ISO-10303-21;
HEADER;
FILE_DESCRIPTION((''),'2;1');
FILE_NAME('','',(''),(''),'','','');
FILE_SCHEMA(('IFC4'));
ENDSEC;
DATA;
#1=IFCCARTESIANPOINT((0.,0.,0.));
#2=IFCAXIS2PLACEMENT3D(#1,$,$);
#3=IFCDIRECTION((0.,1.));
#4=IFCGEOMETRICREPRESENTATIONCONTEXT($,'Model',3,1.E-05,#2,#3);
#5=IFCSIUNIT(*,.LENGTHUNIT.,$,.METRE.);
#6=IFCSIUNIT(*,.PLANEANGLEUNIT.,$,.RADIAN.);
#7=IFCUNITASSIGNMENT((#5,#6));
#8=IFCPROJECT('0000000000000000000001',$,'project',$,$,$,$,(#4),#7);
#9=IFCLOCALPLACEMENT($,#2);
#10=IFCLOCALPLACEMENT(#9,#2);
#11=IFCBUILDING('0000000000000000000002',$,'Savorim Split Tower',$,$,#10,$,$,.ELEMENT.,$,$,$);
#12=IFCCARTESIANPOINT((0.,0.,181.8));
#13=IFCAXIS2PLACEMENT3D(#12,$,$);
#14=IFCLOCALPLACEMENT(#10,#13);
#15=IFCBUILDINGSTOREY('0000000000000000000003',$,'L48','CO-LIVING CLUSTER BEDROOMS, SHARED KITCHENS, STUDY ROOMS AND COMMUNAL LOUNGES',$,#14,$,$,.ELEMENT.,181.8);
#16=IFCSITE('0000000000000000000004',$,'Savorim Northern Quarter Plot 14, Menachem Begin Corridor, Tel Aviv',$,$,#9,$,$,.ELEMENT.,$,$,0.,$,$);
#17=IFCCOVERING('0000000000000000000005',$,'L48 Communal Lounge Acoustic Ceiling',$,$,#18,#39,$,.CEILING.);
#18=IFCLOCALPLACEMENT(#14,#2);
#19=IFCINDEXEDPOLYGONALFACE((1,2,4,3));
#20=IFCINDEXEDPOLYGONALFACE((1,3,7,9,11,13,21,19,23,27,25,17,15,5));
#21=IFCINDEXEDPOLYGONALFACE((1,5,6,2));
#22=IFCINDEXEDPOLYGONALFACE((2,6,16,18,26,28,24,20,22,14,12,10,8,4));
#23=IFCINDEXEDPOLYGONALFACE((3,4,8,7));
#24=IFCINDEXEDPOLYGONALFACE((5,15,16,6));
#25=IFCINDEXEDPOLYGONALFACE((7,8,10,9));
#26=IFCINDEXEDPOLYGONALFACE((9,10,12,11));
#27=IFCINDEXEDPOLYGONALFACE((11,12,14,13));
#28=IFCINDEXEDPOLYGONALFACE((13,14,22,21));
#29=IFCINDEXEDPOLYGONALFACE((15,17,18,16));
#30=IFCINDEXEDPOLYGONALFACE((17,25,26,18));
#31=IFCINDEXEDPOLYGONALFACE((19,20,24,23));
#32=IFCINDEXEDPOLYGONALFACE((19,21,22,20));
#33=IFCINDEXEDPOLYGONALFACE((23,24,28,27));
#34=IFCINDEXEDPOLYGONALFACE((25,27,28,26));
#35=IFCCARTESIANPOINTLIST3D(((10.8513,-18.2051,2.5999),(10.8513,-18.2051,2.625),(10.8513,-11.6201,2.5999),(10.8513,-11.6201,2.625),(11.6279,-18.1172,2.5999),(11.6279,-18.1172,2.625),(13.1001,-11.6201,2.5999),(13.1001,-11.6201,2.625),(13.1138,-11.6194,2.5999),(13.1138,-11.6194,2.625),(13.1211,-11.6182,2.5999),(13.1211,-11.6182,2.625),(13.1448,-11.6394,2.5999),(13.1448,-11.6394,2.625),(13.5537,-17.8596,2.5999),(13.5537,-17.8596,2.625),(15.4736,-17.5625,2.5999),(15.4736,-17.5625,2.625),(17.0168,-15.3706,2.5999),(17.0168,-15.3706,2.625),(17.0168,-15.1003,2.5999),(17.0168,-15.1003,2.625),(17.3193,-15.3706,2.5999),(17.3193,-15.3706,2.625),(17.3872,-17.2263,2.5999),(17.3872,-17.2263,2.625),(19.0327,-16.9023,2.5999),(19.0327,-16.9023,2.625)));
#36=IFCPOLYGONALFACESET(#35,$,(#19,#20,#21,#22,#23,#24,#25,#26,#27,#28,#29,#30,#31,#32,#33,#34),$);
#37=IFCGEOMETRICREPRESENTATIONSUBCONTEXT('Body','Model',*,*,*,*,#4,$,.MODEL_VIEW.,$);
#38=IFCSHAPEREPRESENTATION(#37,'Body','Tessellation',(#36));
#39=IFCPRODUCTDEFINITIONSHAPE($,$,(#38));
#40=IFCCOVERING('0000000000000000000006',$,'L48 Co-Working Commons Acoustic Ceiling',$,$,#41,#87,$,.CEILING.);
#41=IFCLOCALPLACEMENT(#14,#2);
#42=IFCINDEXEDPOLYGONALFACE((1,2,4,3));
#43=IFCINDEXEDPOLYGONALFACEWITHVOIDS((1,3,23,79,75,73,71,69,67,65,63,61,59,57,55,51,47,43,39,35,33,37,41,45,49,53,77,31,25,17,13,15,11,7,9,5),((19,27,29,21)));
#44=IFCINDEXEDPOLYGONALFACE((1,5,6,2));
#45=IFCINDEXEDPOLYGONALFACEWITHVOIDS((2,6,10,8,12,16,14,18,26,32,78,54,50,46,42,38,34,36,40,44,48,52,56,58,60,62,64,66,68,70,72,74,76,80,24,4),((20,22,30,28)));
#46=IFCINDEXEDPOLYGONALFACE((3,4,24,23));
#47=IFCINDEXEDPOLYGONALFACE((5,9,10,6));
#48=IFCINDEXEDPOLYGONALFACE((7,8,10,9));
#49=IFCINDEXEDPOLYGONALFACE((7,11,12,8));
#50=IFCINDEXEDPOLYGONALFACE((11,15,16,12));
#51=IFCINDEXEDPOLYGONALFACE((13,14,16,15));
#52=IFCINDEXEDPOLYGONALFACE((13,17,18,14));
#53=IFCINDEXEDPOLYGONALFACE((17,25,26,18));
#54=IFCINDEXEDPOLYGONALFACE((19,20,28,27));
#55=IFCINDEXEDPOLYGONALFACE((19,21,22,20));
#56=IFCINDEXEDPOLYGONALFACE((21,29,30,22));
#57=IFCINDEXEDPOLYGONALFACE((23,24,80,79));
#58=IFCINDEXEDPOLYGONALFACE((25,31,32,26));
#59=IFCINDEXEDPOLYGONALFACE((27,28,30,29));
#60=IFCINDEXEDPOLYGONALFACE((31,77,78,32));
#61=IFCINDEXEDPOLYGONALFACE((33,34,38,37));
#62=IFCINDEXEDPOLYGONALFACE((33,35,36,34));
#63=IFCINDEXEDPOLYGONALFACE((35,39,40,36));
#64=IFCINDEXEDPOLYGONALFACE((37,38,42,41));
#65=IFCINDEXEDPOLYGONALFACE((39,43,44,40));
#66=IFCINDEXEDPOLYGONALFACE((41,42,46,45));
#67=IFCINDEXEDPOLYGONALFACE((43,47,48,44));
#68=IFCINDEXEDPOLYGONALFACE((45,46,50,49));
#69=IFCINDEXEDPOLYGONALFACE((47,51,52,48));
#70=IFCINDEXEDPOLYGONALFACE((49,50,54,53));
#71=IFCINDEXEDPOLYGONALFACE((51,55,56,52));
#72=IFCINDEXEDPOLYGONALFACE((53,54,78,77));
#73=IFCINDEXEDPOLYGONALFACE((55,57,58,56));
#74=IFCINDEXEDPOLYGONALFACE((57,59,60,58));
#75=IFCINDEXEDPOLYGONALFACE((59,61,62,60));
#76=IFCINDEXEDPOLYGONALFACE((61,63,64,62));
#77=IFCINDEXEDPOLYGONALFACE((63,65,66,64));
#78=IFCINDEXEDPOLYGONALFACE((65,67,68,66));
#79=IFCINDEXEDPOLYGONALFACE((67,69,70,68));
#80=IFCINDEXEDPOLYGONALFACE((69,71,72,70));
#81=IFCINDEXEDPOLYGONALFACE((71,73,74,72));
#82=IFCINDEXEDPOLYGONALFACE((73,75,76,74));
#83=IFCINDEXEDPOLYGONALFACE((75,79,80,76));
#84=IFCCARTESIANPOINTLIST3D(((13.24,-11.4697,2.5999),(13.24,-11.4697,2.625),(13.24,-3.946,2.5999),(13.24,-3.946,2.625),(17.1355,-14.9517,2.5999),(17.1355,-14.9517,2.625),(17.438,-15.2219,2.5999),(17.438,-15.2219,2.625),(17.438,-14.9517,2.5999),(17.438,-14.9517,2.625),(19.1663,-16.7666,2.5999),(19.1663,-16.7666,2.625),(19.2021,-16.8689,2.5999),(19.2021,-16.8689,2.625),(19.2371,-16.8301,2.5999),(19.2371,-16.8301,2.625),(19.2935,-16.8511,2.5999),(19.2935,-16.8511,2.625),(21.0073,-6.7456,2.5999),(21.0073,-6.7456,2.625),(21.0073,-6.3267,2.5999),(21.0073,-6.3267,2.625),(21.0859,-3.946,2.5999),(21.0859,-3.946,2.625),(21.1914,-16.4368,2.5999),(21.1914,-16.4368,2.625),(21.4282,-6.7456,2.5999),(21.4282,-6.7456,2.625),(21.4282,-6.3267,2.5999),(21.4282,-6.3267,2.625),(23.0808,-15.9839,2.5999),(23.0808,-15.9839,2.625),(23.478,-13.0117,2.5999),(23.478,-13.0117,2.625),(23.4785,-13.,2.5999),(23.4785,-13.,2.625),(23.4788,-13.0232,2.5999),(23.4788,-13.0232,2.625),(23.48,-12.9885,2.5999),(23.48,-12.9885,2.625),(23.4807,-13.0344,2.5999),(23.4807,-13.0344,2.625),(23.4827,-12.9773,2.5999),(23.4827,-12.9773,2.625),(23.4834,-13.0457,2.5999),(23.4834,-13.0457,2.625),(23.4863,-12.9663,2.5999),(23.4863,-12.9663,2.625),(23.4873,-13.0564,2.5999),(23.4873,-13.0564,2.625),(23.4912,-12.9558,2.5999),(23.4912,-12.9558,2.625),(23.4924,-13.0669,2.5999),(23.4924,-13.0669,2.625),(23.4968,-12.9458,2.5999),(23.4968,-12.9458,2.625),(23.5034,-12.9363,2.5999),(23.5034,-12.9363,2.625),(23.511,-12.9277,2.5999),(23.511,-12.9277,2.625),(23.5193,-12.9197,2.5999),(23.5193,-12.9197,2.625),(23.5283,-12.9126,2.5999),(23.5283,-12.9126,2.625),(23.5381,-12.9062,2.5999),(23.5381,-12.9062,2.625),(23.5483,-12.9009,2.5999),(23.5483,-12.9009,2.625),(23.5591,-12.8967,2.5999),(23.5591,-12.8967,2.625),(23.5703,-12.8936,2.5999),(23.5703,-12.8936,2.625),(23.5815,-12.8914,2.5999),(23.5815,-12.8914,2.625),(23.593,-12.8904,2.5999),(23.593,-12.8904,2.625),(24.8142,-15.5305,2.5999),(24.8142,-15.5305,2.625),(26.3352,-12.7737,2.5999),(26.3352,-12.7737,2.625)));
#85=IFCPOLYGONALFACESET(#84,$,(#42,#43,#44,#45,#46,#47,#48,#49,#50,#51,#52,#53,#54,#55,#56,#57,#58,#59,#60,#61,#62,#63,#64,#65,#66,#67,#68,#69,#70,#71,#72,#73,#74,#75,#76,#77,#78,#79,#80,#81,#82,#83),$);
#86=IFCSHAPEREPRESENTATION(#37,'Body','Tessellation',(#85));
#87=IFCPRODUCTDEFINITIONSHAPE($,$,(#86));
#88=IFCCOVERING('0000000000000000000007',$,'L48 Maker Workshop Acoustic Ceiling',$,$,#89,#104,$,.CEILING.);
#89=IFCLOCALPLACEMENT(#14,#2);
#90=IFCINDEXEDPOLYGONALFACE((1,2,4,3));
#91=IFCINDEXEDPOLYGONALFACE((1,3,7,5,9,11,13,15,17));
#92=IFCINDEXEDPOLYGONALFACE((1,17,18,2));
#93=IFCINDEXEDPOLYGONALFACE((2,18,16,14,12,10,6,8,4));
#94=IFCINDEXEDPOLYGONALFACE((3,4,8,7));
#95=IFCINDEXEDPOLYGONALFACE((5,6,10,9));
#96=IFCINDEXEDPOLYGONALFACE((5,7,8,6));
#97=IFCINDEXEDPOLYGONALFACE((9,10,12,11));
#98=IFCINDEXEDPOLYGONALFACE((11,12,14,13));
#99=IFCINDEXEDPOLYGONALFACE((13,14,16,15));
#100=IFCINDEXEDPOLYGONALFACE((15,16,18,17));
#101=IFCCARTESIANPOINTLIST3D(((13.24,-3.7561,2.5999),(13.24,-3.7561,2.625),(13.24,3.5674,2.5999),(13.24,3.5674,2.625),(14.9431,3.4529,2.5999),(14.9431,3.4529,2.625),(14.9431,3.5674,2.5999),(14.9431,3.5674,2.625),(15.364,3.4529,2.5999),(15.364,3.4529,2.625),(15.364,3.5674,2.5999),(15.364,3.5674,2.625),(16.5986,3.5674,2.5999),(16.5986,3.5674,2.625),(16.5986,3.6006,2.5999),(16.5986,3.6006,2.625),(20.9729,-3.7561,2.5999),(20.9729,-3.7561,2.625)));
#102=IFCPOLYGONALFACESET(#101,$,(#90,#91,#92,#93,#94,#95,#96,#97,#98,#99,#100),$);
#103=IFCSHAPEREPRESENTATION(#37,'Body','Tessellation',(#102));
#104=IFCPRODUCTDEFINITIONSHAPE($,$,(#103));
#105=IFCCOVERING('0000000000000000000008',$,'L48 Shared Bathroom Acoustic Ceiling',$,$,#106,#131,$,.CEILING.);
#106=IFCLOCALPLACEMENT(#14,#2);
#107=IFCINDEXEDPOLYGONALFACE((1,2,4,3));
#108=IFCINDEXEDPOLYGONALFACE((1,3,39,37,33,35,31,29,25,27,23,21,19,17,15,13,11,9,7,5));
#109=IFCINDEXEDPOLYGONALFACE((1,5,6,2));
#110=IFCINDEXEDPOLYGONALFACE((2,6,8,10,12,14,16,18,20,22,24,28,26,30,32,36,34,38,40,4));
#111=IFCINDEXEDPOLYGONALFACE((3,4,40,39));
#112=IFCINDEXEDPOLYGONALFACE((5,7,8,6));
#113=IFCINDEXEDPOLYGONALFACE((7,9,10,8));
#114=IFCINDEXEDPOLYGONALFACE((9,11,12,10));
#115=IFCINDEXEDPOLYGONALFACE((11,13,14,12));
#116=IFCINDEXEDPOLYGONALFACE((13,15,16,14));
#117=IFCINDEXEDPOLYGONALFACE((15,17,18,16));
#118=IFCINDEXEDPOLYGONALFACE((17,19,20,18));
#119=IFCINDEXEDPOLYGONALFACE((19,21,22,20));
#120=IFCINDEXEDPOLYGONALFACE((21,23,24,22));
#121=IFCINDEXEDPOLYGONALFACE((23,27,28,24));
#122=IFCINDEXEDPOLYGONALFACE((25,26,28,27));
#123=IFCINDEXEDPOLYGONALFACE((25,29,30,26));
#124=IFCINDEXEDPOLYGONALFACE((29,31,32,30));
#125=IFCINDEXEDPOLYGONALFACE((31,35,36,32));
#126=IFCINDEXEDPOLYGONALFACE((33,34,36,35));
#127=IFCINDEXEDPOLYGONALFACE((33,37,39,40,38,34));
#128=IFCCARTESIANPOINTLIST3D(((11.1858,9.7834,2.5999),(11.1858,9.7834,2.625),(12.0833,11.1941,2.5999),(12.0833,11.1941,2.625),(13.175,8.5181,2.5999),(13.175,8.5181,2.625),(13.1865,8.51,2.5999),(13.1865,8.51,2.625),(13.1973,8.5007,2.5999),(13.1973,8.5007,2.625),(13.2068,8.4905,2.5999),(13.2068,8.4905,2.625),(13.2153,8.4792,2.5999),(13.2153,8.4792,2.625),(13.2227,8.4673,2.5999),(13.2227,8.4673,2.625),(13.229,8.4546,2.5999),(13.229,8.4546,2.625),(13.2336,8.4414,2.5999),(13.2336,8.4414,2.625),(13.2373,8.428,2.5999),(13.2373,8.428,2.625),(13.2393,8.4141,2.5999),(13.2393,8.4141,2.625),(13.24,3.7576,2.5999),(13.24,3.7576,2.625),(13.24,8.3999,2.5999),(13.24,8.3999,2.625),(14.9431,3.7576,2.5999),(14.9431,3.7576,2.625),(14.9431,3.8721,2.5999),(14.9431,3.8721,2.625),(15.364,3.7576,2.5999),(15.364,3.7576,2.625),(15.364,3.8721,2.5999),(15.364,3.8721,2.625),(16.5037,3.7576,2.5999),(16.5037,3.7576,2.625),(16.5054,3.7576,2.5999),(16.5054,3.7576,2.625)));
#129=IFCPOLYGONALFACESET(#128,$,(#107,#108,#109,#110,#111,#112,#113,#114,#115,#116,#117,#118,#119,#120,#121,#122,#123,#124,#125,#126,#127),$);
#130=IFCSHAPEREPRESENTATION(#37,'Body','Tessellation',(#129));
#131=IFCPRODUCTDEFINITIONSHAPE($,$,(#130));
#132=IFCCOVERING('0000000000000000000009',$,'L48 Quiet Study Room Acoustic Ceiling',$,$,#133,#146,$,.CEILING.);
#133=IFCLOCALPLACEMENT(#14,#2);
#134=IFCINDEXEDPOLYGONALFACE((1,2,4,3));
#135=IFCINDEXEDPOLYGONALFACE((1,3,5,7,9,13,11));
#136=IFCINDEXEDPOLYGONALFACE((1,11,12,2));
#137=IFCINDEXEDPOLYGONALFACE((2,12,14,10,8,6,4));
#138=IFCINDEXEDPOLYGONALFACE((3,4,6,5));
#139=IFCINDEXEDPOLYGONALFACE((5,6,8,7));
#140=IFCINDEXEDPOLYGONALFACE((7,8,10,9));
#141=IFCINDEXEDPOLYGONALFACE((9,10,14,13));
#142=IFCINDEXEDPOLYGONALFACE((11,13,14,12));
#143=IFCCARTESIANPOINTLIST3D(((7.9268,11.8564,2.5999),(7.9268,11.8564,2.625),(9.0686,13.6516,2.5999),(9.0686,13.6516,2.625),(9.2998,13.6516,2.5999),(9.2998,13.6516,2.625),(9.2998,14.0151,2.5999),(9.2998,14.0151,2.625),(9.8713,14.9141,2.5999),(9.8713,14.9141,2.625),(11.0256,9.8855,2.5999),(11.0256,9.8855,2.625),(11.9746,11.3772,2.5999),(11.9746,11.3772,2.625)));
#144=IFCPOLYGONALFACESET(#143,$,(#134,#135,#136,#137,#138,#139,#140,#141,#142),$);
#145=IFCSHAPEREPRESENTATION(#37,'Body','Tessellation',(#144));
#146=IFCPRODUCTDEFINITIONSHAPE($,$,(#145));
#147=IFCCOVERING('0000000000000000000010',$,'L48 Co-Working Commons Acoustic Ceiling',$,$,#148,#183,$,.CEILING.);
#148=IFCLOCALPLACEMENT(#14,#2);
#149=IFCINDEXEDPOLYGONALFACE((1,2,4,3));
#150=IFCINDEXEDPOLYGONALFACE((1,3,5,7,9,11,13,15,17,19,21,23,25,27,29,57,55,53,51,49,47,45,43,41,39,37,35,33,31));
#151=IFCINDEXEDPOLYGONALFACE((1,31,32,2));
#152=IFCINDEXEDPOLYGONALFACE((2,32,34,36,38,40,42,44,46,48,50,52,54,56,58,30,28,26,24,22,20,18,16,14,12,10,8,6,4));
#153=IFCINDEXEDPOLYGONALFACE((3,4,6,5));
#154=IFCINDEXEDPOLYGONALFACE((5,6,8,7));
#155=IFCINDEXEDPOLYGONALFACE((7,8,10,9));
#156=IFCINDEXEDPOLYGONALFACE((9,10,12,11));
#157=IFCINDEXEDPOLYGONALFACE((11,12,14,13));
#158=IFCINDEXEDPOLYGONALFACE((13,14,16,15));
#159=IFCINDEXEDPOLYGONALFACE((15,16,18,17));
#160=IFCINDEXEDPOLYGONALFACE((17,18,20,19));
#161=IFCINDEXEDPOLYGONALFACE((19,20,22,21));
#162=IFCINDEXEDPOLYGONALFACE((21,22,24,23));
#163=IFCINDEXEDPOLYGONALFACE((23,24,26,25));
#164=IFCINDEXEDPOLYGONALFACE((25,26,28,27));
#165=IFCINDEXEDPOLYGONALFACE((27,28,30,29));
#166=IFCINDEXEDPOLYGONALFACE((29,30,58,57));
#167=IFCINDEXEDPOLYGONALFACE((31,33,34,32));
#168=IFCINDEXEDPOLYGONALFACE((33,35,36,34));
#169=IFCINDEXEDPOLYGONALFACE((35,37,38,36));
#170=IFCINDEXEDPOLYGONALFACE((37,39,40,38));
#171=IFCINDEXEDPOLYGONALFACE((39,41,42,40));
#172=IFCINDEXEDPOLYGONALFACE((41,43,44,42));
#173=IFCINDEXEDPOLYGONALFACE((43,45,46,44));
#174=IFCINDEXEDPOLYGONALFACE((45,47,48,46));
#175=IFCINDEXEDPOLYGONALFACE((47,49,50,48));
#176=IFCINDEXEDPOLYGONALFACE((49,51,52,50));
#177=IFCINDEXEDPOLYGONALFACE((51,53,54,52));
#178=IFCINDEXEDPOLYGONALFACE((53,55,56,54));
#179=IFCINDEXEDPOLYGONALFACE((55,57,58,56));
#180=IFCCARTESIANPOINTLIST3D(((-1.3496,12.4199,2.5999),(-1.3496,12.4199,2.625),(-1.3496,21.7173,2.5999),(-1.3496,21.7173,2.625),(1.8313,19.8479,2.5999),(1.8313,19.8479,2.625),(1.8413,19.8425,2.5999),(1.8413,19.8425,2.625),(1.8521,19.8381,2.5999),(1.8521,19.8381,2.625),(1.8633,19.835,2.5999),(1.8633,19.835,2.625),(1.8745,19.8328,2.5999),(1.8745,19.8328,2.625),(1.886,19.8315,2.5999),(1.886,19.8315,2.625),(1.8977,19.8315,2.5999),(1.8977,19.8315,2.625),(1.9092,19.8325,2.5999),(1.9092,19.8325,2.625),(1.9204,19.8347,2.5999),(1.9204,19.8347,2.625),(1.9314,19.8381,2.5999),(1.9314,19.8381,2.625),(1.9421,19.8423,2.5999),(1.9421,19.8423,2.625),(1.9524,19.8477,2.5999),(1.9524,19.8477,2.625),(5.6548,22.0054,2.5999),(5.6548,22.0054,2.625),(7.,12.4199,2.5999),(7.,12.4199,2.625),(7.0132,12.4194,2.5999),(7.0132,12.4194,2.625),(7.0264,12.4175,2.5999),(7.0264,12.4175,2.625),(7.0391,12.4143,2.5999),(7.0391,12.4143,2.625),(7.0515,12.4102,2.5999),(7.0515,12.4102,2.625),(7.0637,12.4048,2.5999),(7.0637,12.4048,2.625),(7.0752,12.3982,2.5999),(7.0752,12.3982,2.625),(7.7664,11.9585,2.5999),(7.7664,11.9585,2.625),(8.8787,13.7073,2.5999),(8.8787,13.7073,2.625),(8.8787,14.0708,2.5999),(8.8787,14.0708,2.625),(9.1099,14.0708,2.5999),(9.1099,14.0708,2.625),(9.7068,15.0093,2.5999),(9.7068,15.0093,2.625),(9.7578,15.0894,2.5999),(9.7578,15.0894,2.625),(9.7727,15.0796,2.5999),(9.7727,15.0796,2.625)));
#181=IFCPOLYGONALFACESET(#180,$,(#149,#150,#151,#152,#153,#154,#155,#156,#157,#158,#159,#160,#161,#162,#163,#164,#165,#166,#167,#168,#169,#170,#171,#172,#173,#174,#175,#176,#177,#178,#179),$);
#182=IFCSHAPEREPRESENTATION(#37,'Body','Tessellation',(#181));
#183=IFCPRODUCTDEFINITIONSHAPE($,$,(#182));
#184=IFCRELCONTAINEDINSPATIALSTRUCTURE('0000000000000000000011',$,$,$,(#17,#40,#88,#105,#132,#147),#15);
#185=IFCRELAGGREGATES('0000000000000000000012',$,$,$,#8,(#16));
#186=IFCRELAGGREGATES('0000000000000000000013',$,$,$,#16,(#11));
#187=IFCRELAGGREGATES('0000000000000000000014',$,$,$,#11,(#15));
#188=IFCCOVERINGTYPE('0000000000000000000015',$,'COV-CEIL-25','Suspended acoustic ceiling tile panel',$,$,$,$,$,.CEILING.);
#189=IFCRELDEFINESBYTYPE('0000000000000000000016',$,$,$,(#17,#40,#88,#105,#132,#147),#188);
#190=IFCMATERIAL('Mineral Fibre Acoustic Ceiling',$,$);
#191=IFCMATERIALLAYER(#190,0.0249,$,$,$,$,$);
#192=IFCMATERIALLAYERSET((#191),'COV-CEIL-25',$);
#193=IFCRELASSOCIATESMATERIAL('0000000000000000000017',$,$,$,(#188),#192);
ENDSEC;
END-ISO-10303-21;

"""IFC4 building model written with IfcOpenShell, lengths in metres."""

from ifc_helpers import new_model, si_unit, direction, frame, origin, place, context, subcontext, project, spatial, polyline, outline, extrude, material, layer, layer_set, type_object, element, save


model = new_model("IFC4")

# Units and contexts
model_context = context("Model", 3, precision=1e-05, world=origin(), true_north=direction((0.0, 1.0)))
body_context = subcontext(model_context, "Body", "Model", "MODEL_VIEW")
ifc_project = project(units=[si_unit("LENGTHUNIT", "METRE"), si_unit("PLANEANGLEUNIT", "RADIAN")], contexts=[model_context])

# Site, building, storey
site_placement = place(None, origin())
site = spatial("IfcSite", under=ifc_project, at=site_placement, Name="Savorim Northern Quarter Plot 14, Menachem Begin Corridor, Tel Aviv", CompositionType="ELEMENT", RefElevation=0.0)
building_placement = place(site_placement, origin())
building = spatial("IfcBuilding", under=site, at=building_placement, Name="Savorim Split Tower", CompositionType="ELEMENT")
storey_placement = place(building_placement, frame((0.0, 0.0, 181.8)))
storey = spatial("IfcBuildingStorey", under=building, at=storey_placement, Name="L48", Description="CO-LIVING CLUSTER BEDROOMS, SHARED KITCHENS, STUDY ROOMS AND COMMUNAL LOUNGES", CompositionType="ELEMENT", Elevation=181.8)

# Coverings
ifc_material_1 = material(Name="Mineral Fibre Acoustic Ceiling")
ifc_layer_1 = layer(ifc_material_1, 0.0249)
ifc_layer_set_1 = layer_set([ifc_layer_1], Name="COV-CEIL-25")
covering_type_1 = type_object("IfcCoveringType", Name="COV-CEIL-25", Description="Suspended acoustic ceiling tile panel", PredefinedType="CEILING", material=ifc_layer_set_1)
covering_1_placement = place(storey_placement, frame((0.0, 0.0, 2.5999)))
element("IfcCovering", 1, at=covering_1_placement, inside=storey, type_object=covering_type_1, Name="L48 Communal Lounge Acoustic Ceiling", PredefinedType="CEILING", context=body_context, shape_type="SweptSolid", body=[
    extrude(outline(polyline([(11.6279, -18.1172), (13.5537, -17.8596), (15.4736, -17.5625), (17.3872, -17.2263), (19.0327, -16.9023), (17.3193, -15.3706), (17.0168, -15.3706), (17.0168, -15.1003), (13.1448, -11.6394), (13.1211, -11.6182), (13.1138, -11.6194), (13.1001, -11.6201), (10.8513, -11.6201), (10.8513, -18.2051), (11.6279, -18.1172)])), origin(), (0.0, 0.0, 1.0), 0.0251),
])
covering_2_placement = place(storey_placement, frame((0.0, 0.0, 2.5999)))
element("IfcCovering", 2, at=covering_2_placement, inside=storey, type_object=covering_type_1, Name="L48 Co-Working Commons Acoustic Ceiling", PredefinedType="CEILING", context=body_context, shape_type="SweptSolid", body=[
    extrude(outline(polyline([(23.5703, -12.8936), (23.5815, -12.8914), (23.593, -12.8904), (26.3352, -12.7737), (21.0859, -3.946), (13.24, -3.946), (13.24, -11.4697), (17.1355, -14.9517), (17.438, -14.9517), (17.438, -15.2219), (19.1663, -16.7666), (19.2371, -16.8301), (19.2021, -16.8689), (19.2935, -16.8511), (21.1914, -16.4368), (23.0808, -15.9839), (24.8142, -15.5305), (23.4924, -13.0669), (23.4873, -13.0564), (23.4834, -13.0457), (23.4807, -13.0344), (23.4788, -13.0232), (23.478, -13.0117), (23.4785, -13.0), (23.48, -12.9885), (23.4827, -12.9773), (23.4863, -12.9663), (23.4912, -12.9558), (23.4968, -12.9458), (23.5034, -12.9363), (23.511, -12.9277), (23.5193, -12.9197), (23.5283, -12.9126), (23.5381, -12.9062), (23.5483, -12.9009), (23.5591, -12.8967), (23.5703, -12.8936)]), holes=[polyline([(21.4282, -6.7456), (21.4282, -6.3267), (21.0073, -6.3267), (21.0073, -6.7456), (21.4282, -6.7456)])]), origin(), (0.0, 0.0, 1.0), 0.0251),
])
covering_3_placement = place(storey_placement, frame((0.0, 0.0, 2.5999)))
element("IfcCovering", 3, at=covering_3_placement, inside=storey, type_object=covering_type_1, Name="L48 Maker Workshop Acoustic Ceiling", PredefinedType="CEILING", context=body_context, shape_type="SweptSolid", body=[
    extrude(outline(polyline([(14.9431, 3.4529), (14.9431, 3.5674), (13.24, 3.5674), (13.24, -3.7561), (20.9729, -3.7561), (16.5986, 3.6006), (16.5986, 3.5674), (15.364, 3.5674), (15.364, 3.4529), (14.9431, 3.4529)])), origin(), (0.0, 0.0, 1.0), 0.0251),
])
covering_4_placement = place(storey_placement, frame((0.0, 0.0, 2.5999)))
element("IfcCovering", 4, at=covering_4_placement, inside=storey, type_object=covering_type_1, Name="L48 Shared Bathroom Acoustic Ceiling", PredefinedType="CEILING", context=body_context, shape_type="SweptSolid", body=[
    extrude(outline(polyline([(15.364, 3.8721), (15.364, 3.7576), (16.5037, 3.7576), (16.5054, 3.7576), (12.0833, 11.1941), (11.1858, 9.7834), (13.175, 8.5181), (13.1865, 8.51), (13.1973, 8.5007), (13.2068, 8.4905), (13.2153, 8.4792), (13.2227, 8.4673), (13.229, 8.4546), (13.2336, 8.4414), (13.2373, 8.428), (13.2393, 8.4141), (13.24, 8.3999), (13.24, 3.7576), (14.9431, 3.7576), (14.9431, 3.8721), (15.364, 3.8721)])), origin(), (0.0, 0.0, 1.0), 0.0251),
])
covering_5_placement = place(storey_placement, frame((0.0, 0.0, 2.5999)))
element("IfcCovering", 5, at=covering_5_placement, inside=storey, type_object=covering_type_1, Name="L48 Quiet Study Room Acoustic Ceiling", PredefinedType="CEILING", context=body_context, shape_type="SweptSolid", body=[
    extrude(outline(polyline([(9.0686, 13.6516), (7.9268, 11.8564), (7.9268, 11.8564), (11.0256, 9.8855), (11.9746, 11.3772), (9.8713, 14.9141), (9.2998, 14.0151), (9.2998, 13.6516), (9.0686, 13.6516)])), origin(), (0.0, 0.0, 1.0), 0.0251),
])
covering_6_placement = place(storey_placement, frame((0.0, 0.0, 2.5999)))
element("IfcCovering", 6, at=covering_6_placement, inside=storey, type_object=covering_type_1, Name="L48 Co-Working Commons Acoustic Ceiling", PredefinedType="CEILING", context=body_context, shape_type="SweptSolid", body=[
    extrude(outline(polyline([(1.8521, 19.8381), (1.8413, 19.8425), (1.8313, 19.8479), (-1.3496, 21.7173), (-1.3496, 12.4199), (7.0, 12.4199), (7.0132, 12.4194), (7.0264, 12.4175), (7.0391, 12.4143), (7.0515, 12.4102), (7.0637, 12.4048), (7.0752, 12.3982), (7.7664, 11.9585), (8.8787, 13.7073), (8.8787, 14.0708), (9.1099, 14.0708), (9.7068, 15.0093), (9.7578, 15.0894), (9.7727, 15.0796), (5.6548, 22.0054), (1.9524, 19.8477), (1.9421, 19.8423), (1.9314, 19.8381), (1.9204, 19.8347), (1.9092, 19.8325), (1.8977, 19.8315), (1.886, 19.8315), (1.8745, 19.8328), (1.8633, 19.835), (1.8521, 19.8381)])), origin(), (0.0, 0.0, 1.0), 0.0251),
])

save(model, "model.ifc")
